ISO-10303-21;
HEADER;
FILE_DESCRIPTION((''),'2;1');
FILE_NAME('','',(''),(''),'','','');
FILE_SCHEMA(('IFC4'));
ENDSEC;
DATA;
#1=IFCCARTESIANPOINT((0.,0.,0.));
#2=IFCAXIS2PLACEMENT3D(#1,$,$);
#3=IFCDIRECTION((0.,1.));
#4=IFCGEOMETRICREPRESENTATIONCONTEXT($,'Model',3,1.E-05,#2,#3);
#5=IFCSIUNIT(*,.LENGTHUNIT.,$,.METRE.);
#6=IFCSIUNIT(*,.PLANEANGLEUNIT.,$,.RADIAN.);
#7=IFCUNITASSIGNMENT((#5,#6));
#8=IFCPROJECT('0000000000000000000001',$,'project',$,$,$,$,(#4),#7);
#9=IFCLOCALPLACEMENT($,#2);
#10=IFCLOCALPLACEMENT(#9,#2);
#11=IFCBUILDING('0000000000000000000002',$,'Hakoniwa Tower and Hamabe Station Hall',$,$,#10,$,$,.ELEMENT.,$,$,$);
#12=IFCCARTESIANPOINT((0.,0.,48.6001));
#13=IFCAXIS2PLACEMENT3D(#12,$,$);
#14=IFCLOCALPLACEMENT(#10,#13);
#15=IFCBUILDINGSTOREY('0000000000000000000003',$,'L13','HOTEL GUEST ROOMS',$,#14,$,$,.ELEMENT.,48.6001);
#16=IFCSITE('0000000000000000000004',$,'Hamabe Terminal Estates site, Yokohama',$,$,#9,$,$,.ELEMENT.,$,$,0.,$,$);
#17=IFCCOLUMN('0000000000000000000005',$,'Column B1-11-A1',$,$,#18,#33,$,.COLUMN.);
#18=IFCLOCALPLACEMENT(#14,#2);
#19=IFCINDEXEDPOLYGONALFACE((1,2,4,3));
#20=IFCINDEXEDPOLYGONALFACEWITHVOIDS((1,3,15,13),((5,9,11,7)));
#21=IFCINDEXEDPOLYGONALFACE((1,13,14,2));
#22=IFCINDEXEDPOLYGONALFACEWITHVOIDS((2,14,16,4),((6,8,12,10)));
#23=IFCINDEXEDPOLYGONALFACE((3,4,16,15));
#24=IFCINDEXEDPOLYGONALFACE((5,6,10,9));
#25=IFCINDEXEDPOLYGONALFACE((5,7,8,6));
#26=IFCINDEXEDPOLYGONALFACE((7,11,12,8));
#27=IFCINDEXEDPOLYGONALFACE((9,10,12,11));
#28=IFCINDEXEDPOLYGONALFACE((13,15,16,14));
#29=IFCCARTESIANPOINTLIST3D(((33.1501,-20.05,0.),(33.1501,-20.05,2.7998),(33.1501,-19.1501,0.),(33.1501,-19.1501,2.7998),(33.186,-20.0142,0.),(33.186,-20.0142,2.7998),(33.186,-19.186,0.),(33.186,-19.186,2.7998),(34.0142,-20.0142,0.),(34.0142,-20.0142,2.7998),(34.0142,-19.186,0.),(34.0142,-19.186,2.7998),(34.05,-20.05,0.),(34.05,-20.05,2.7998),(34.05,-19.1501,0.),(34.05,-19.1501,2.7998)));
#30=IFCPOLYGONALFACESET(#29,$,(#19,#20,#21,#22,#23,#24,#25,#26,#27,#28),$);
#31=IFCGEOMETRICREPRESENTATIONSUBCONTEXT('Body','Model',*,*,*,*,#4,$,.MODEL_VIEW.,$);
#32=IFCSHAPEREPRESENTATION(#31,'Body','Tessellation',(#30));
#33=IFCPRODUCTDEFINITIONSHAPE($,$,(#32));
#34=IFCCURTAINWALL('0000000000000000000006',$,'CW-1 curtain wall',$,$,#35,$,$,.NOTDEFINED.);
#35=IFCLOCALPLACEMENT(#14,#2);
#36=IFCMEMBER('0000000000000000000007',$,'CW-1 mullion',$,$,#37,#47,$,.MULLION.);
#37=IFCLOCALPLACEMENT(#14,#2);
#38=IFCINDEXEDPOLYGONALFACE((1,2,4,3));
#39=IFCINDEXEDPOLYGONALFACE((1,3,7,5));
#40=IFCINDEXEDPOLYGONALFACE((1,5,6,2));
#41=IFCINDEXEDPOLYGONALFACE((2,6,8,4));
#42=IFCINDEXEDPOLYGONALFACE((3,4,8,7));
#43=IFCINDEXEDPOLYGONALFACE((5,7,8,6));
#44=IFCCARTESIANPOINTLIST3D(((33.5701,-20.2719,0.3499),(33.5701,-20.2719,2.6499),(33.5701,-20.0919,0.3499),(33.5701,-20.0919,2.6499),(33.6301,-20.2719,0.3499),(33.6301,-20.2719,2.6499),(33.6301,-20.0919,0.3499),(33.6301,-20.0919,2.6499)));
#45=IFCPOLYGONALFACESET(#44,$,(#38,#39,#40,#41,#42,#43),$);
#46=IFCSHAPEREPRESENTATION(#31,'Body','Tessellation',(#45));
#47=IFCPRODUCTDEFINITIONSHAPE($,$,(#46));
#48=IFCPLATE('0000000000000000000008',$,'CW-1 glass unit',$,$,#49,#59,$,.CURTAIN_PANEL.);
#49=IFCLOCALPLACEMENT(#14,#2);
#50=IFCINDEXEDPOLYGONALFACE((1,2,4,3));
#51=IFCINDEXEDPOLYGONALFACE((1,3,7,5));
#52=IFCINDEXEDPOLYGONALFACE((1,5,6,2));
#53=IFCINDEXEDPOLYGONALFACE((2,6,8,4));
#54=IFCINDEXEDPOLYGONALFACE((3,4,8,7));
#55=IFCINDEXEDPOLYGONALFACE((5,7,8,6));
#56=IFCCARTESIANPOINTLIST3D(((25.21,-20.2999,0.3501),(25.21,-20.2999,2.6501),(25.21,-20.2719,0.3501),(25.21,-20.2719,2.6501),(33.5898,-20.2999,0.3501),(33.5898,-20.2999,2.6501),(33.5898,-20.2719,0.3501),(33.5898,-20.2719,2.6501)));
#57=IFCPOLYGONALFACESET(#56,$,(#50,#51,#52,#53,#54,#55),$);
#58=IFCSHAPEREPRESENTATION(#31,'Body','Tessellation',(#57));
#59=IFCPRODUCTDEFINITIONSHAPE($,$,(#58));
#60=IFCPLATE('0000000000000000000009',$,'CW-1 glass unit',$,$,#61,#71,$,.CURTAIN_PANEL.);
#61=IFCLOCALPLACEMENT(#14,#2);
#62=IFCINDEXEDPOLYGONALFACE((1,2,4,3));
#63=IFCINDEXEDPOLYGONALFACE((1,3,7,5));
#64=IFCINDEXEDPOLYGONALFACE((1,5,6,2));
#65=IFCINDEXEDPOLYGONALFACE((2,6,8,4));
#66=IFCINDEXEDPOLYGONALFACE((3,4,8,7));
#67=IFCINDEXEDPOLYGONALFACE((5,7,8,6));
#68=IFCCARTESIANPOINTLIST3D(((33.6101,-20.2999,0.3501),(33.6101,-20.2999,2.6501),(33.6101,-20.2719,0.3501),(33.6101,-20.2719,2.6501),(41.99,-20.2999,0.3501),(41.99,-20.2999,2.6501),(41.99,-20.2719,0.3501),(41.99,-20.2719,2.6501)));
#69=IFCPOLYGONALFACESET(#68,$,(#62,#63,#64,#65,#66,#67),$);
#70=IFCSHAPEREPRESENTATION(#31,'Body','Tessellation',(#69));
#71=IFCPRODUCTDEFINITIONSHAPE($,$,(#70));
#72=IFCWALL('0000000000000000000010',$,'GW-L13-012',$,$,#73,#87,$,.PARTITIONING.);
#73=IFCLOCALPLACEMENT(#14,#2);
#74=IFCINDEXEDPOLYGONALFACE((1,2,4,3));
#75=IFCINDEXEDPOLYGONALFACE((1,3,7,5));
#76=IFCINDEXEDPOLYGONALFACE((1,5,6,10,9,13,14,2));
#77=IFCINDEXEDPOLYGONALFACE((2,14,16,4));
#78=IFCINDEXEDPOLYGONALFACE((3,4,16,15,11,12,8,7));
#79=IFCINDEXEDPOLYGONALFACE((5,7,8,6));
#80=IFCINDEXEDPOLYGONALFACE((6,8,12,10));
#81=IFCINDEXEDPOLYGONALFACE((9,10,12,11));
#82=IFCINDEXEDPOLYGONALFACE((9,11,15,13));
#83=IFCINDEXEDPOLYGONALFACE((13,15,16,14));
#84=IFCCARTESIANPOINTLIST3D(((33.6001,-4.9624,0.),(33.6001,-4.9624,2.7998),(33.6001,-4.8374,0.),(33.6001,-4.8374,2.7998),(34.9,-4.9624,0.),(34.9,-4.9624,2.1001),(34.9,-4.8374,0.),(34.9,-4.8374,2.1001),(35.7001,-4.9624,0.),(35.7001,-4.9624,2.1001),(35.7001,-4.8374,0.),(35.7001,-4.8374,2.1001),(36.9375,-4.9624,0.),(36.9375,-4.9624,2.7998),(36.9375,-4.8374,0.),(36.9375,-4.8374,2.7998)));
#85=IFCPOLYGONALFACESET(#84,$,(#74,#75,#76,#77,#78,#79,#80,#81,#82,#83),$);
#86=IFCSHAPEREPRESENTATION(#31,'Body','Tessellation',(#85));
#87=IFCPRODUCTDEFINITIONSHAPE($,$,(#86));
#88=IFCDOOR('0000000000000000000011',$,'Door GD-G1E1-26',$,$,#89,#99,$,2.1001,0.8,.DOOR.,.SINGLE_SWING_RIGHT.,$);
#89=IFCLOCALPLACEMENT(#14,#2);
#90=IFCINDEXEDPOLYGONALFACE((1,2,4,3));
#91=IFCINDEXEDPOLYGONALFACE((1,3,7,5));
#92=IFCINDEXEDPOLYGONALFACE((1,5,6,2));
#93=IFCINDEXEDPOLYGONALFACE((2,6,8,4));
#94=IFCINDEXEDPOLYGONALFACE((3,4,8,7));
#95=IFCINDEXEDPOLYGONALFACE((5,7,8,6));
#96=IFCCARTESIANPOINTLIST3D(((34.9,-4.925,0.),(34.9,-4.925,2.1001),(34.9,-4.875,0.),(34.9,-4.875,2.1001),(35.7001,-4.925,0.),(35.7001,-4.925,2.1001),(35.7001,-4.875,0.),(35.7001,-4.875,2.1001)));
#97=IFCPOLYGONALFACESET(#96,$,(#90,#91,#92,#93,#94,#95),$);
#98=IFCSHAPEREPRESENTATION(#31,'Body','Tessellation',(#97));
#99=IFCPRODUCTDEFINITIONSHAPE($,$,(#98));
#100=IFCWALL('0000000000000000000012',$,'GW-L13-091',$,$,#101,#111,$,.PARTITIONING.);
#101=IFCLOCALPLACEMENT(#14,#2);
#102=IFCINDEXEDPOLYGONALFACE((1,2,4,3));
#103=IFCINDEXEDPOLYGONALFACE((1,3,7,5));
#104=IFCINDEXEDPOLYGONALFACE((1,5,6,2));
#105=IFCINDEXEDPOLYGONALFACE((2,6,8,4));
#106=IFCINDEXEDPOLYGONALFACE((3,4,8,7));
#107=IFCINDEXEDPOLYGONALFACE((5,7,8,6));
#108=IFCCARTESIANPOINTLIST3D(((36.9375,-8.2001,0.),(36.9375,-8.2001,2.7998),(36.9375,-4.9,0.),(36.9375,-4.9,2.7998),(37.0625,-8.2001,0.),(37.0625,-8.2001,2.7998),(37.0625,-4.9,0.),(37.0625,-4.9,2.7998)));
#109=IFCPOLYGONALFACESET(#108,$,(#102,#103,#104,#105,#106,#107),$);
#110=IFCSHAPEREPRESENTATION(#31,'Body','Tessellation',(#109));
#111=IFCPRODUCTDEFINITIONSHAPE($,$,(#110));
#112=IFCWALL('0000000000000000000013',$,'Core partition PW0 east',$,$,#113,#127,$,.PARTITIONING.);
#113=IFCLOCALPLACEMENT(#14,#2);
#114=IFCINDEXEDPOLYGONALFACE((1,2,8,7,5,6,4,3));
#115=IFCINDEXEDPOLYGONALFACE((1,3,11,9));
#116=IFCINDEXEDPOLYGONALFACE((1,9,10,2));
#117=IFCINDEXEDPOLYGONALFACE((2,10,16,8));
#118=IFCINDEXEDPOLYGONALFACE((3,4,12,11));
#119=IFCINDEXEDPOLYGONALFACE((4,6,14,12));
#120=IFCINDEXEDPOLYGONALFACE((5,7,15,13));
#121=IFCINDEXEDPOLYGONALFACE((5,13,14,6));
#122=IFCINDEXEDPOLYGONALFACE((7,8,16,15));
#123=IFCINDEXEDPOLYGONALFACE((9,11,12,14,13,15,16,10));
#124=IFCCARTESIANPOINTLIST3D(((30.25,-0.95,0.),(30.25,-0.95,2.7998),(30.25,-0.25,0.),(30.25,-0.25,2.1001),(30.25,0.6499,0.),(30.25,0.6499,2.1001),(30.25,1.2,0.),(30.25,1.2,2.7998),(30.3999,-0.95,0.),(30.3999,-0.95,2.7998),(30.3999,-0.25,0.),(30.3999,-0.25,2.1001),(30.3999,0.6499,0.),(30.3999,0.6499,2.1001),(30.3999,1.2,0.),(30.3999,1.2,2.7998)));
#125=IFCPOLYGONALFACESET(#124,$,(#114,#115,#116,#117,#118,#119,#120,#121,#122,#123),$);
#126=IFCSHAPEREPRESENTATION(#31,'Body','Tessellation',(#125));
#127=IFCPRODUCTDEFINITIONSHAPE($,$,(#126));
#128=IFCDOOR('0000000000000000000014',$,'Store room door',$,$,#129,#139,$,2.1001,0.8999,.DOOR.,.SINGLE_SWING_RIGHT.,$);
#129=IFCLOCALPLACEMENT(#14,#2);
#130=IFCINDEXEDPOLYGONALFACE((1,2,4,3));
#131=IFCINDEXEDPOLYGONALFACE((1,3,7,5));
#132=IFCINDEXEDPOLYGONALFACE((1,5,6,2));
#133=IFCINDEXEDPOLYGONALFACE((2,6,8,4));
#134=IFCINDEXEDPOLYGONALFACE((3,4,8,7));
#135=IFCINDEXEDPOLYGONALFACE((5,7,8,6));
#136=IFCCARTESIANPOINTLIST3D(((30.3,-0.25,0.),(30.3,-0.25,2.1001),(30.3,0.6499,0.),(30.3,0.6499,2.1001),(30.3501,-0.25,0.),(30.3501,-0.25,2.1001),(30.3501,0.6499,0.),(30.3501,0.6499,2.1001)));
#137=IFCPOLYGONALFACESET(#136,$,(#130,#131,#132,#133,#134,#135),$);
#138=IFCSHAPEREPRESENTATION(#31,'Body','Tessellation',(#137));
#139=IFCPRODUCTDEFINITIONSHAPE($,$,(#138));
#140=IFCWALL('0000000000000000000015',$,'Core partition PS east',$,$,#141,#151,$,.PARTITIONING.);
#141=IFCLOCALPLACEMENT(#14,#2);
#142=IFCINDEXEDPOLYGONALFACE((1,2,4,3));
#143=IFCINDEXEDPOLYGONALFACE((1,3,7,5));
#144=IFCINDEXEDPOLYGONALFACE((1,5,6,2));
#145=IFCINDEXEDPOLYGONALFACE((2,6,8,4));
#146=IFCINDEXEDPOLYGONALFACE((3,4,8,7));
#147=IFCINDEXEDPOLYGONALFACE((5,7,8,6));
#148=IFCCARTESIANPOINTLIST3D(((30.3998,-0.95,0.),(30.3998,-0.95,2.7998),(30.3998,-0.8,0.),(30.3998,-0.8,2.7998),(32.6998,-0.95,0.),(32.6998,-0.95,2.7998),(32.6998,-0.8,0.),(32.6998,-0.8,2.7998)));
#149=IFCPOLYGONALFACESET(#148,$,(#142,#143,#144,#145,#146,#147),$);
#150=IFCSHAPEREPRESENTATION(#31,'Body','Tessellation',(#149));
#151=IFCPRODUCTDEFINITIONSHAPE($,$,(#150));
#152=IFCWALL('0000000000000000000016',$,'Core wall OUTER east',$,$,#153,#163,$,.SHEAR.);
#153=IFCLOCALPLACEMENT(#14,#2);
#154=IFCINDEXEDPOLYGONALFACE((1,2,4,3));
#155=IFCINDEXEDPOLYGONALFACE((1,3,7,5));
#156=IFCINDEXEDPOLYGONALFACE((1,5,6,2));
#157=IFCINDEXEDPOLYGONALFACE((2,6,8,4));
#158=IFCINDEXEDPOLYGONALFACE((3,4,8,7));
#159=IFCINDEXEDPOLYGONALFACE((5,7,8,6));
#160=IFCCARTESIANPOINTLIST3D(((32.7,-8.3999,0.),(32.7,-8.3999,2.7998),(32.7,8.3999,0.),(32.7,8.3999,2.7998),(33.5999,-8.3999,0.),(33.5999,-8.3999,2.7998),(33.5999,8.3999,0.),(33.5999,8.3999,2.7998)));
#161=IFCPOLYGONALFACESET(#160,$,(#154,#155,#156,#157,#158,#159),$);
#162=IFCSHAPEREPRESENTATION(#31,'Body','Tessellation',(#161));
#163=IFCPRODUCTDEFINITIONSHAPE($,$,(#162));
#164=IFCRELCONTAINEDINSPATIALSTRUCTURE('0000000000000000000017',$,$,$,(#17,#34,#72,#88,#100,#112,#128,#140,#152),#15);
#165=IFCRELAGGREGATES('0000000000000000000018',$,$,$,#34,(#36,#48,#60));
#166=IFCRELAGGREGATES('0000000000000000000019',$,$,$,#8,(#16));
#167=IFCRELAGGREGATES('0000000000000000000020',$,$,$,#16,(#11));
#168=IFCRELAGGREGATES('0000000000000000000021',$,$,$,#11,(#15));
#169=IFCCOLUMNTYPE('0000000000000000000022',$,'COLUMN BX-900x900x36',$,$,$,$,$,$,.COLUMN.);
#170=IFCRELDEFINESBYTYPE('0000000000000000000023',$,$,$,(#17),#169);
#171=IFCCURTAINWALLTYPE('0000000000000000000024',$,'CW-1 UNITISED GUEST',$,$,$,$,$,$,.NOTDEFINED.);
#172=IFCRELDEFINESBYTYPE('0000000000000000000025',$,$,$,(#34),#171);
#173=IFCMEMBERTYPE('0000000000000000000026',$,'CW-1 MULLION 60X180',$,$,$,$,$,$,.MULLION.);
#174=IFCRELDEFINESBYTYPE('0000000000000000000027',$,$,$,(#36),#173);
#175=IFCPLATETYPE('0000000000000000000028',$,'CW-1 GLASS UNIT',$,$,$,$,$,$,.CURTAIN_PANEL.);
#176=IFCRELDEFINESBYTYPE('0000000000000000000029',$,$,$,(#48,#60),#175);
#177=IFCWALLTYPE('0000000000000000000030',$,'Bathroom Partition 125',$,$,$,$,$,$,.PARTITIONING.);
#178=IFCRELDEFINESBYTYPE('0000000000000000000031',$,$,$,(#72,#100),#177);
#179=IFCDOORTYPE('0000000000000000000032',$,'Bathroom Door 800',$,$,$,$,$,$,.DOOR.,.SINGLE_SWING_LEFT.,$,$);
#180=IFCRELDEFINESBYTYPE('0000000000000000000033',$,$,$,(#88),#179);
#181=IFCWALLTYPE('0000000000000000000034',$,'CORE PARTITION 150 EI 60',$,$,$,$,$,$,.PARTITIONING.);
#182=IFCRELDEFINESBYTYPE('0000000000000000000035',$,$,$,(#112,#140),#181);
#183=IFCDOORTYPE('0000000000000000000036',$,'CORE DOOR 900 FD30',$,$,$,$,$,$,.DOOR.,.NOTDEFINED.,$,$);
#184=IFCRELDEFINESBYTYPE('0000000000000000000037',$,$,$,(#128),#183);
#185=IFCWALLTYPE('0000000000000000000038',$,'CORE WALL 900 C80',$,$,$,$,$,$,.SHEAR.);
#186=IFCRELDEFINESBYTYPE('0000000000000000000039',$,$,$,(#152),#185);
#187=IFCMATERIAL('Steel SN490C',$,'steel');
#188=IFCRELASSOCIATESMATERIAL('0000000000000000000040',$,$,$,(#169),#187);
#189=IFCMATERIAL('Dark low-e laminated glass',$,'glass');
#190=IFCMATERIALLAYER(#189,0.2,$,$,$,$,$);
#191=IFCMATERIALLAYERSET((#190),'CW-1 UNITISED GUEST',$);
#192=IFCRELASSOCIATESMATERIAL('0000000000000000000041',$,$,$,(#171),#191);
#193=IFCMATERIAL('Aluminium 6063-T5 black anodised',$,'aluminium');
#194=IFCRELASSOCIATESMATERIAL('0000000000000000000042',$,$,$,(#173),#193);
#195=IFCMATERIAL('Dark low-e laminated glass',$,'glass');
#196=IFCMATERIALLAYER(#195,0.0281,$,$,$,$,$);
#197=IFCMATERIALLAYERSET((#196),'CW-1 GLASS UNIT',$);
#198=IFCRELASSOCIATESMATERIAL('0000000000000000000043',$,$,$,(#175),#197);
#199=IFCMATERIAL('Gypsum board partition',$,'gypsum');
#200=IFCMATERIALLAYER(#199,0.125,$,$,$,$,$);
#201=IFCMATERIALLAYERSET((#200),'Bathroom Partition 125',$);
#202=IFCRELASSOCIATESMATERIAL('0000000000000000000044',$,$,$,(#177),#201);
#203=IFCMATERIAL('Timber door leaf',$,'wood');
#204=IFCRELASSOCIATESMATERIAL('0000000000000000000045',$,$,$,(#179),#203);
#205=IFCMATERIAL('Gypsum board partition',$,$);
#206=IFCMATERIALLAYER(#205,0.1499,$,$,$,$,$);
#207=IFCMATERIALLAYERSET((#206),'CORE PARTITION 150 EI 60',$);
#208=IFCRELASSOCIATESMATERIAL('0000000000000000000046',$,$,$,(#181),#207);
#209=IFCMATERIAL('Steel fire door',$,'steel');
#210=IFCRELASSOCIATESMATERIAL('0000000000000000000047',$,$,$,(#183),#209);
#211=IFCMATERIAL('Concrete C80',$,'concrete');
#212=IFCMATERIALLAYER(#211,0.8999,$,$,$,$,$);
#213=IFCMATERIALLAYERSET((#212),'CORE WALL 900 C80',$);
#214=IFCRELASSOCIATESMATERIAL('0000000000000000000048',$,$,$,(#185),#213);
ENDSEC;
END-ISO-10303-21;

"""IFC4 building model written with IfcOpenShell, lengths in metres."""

from ifc_helpers import new_model, si_unit, direction, frame, frame_2d, origin, origin_2d, place, context, subcontext, project, spatial, rectangle, hollow_rectangle, extrude, material, layer, layer_set, material_profile, profile_set, type_object, element, fill, aggregate, save


model = new_model("IFC4")

# Units and contexts
model_context = context("Model", 3, precision=1e-05, world=origin(), true_north=direction((0.0, 1.0)))
body_context = subcontext(model_context, "Body", "Model", "MODEL_VIEW")
ifc_project = project(units=[si_unit("LENGTHUNIT", "METRE"), si_unit("PLANEANGLEUNIT", "RADIAN")], contexts=[model_context])

# Site, building, storey
site_placement = place(None, origin())
site = spatial("IfcSite", under=ifc_project, at=site_placement, Name="Hamabe Terminal Estates site, Yokohama", CompositionType="ELEMENT", RefElevation=0.0)
building_placement = place(site_placement, origin())
building = spatial("IfcBuilding", under=site, at=building_placement, Name="Hakoniwa Tower and Hamabe Station Hall", CompositionType="ELEMENT")
storey_placement = place(building_placement, frame((0.0, 0.0, 48.6001)))
storey = spatial("IfcBuildingStorey", under=building, at=storey_placement, Name="L13", Description="HOTEL GUEST ROOMS", CompositionType="ELEMENT", Elevation=48.6001)

# Column
ifc_material_1 = material(Name="Steel SN490C", Category="steel")
ifc_material_profile_1 = material_profile(ifc_material_1, hollow_rectangle(XDim=0.8999, YDim=0.8999, WallThickness=0.0359, at=origin_2d()), Name="BX-900x900x36")
ifc_profile_set_1 = profile_set([ifc_material_profile_1], Name="Steel SN490C")
column_type = type_object("IfcColumnType", Name="COLUMN BX-900x900x36", PredefinedType="COLUMN", material=ifc_profile_set_1)
column_placement = place(storey_placement, frame((33.6001, -19.6001, 0.0), z_axis=(0.0, 0.0, 1.0), x_axis=(1.0, 0.0, 0.0)))
element("IfcColumn", 1, at=column_placement, inside=storey, type_object=column_type, Name="Column B1-11-A1", PredefinedType="COLUMN", context=body_context, shape_type="SweptSolid", body=[
    extrude(hollow_rectangle(XDim=0.8999, YDim=0.8999, WallThickness=0.0359, at=origin_2d()), origin(), (0.0, 0.0, 1.0), 2.7998),
])

# Curtain wall, member, plates
ifc_material_2 = material(Name="Dark low-e laminated glass", Category="glass")
ifc_layer_1 = layer(ifc_material_2, 0.2)
ifc_layer_set_1 = layer_set([ifc_layer_1], Name="CW-1 UNITISED GUEST")
curtain_wall_type = type_object("IfcCurtainWallType", Name="CW-1 UNITISED GUEST", PredefinedType="NOTDEFINED", material=ifc_layer_set_1)
curtain_wall_placement = place(storey_placement, origin())
curtain_wall = element("IfcCurtainWall", 2, at=curtain_wall_placement, inside=storey, type_object=curtain_wall_type, Name="CW-1 curtain wall", PredefinedType="NOTDEFINED")
ifc_material_3 = material(Name="Aluminium 6063-T5 black anodised", Category="aluminium")
ifc_material_profile_2 = material_profile(ifc_material_3, rectangle(XDim=0.0601, YDim=0.1799, at=origin_2d()), Name="CW-1 MULLION 60X180")
ifc_profile_set_2 = profile_set([ifc_material_profile_2], Name="Aluminium 6063-T5 black anodised")
member_type = type_object("IfcMemberType", Name="CW-1 MULLION 60X180", PredefinedType="MULLION", material=ifc_profile_set_2)
member_placement = place(storey_placement, frame((33.6001, -20.1819, 0.3499), z_axis=(0.0, 0.0, 1.0), x_axis=(1.0, 0.0, 0.0)))
member = element("IfcMember", 3, at=member_placement, type_object=member_type, Name="CW-1 mullion", PredefinedType="MULLION", context=body_context, shape_type="SweptSolid", body=[
    extrude(rectangle(XDim=0.0601, YDim=0.1799, at=origin_2d()), origin(), (0.0, 0.0, 1.0), 2.3),
])
ifc_material_4 = material(Name="Dark low-e laminated glass", Category="glass")
ifc_layer_2 = layer(ifc_material_4, 0.0281)
ifc_layer_set_2 = layer_set([ifc_layer_2], Name="CW-1 GLASS UNIT")
plate_type = type_object("IfcPlateType", Name="CW-1 GLASS UNIT", PredefinedType="CURTAIN_PANEL", material=ifc_layer_set_2)
plate_1_placement = place(storey_placement, frame((29.3999, -20.2859, 0.3501), z_axis=(0.0, 0.0, 1.0), x_axis=(1.0, 0.0, 0.0)))
plate_1 = element("IfcPlate", 4, at=plate_1_placement, type_object=plate_type, Name="CW-1 glass unit", PredefinedType="CURTAIN_PANEL", context=body_context, shape_type="SweptSolid", body=[
    extrude(rectangle(XDim=8.3799, YDim=0.0281, at=origin_2d()), origin(), (0.0, 0.0, 1.0), 2.3),
])
plate_2_placement = place(storey_placement, frame((37.8, -20.2859, 0.3501), z_axis=(0.0, 0.0, 1.0), x_axis=(1.0, 0.0, 0.0)))
plate_2 = element("IfcPlate", 5, at=plate_2_placement, type_object=plate_type, Name="CW-1 glass unit", PredefinedType="CURTAIN_PANEL", context=body_context, shape_type="SweptSolid", body=[
    extrude(rectangle(XDim=8.3799, YDim=0.0281, at=origin_2d()), origin(), (0.0, 0.0, 1.0), 2.3),
])
aggregate(curtain_wall, [member, plate_1, plate_2])

# Wall, opening, door
ifc_material_5 = material(Name="Gypsum board partition", Category="gypsum")
ifc_layer_3 = layer(ifc_material_5, 0.125)
ifc_layer_set_3 = layer_set([ifc_layer_3], Name="Bathroom Partition 125")
wall_type_1 = type_object("IfcWallType", Name="Bathroom Partition 125", PredefinedType="PARTITIONING", material=ifc_layer_set_3)
wall_1_placement = place(storey_placement, frame((33.6001, -4.8999, 0.0), z_axis=(0.0, 0.0, 1.0), x_axis=(1.0, 0.0, 0.0)))
wall_1 = element("IfcWall", 6, at=wall_1_placement, inside=storey, type_object=wall_type_1, Name="GW-L13-012", PredefinedType="PARTITIONING", context=body_context, shape_type="SweptSolid", body=[
    extrude(rectangle(XDim=3.3374, YDim=0.125, at=frame_2d((1.6687, 0.0))), origin(), (0.0, 0.0, 1.0), 2.7998),
])
opening_1_placement = place(wall_1_placement, frame((1.3, 0.0, 0.0)))
opening_1 = element("IfcOpeningElement", 7, at=opening_1_placement, cuts=wall_1, PredefinedType="OPENING", context=body_context, shape_type="SweptSolid", body=[
    extrude(rectangle(XDim=0.8, YDim=2.1001, at=frame_2d((0.3999, 1.05))), frame((0.0, 0.0725, 0.0), z_axis=(0.0, -1.0, 0.0), x_axis=(1.0, 0.0, 0.0)), (0.0, 0.0, 1.0), 0.145),
])
ifc_material_6 = material(Name="Timber door leaf", Category="wood")
door_type_1 = type_object("IfcDoorType", Name="Bathroom Door 800", OperationType="SINGLE_SWING_LEFT", PredefinedType="DOOR", material=ifc_material_6)
door_1_placement = place(opening_1_placement, origin())
door_1 = element("IfcDoor", 8, at=door_1_placement, inside=storey, type_object=door_type_1, Name="Door GD-G1E1-26", OperationType="SINGLE_SWING_RIGHT", OverallHeight=2.1001, OverallWidth=0.8, PredefinedType="DOOR", context=body_context, shape_type="SweptSolid", body=[
    extrude(rectangle(XDim=0.8, YDim=2.1001, at=frame_2d((0.3999, 1.05))), frame((0.0, 0.0249, 0.0), z_axis=(0.0, -1.0, 0.0), x_axis=(1.0, 0.0, 0.0)), (0.0, 0.0, 1.0), 0.05),
])
fill(opening_1, door_1)

# Wall
wall_2_placement = place(storey_placement, frame((37.0, -8.2, 0.0), z_axis=(0.0, 0.0, 1.0), x_axis=(0.0, 1.0, 0.0)))
element("IfcWall", 9, at=wall_2_placement, inside=storey, type_object=wall_type_1, Name="GW-L13-091", PredefinedType="PARTITIONING", context=body_context, shape_type="SweptSolid", body=[
    extrude(rectangle(XDim=3.3, YDim=0.125, at=frame_2d((1.6499, 0.0))), origin(), (0.0, 0.0, 1.0), 2.7998),
])

# Wall, opening, door
ifc_material_7 = material(Name="Gypsum board partition")
ifc_layer_4 = layer(ifc_material_7, 0.1499)
ifc_layer_set_4 = layer_set([ifc_layer_4], Name="CORE PARTITION 150 EI 60")
wall_type_2 = type_object("IfcWallType", Name="CORE PARTITION 150 EI 60", PredefinedType="PARTITIONING", material=ifc_layer_set_4)
wall_3_placement = place(storey_placement, frame((30.325, -0.95, 0.0), z_axis=(0.0, 0.0, 1.0), x_axis=(0.0, 1.0, 0.0)))
wall_3 = element("IfcWall", 10, at=wall_3_placement, inside=storey, type_object=wall_type_2, Name="Core partition PW0 east", PredefinedType="PARTITIONING", context=body_context, shape_type="SweptSolid", body=[
    extrude(rectangle(XDim=2.1499, YDim=0.1499, at=frame_2d((1.075, 0.0))), origin(), (0.0, 0.0, 1.0), 2.7998),
])
opening_2_placement = place(wall_3_placement, frame((0.7, 0.0, 0.0)))
opening_2 = element("IfcOpeningElement", 11, at=opening_2_placement, cuts=wall_3, PredefinedType="OPENING", context=body_context, shape_type="SweptSolid", body=[
    extrude(rectangle(XDim=0.8999, YDim=2.1001, at=frame_2d((0.45, 1.05))), frame((0.0, 0.085, 0.0), z_axis=(0.0, -1.0, 0.0), x_axis=(1.0, 0.0, 0.0)), (0.0, 0.0, 1.0), 0.1699),
])
ifc_material_8 = material(Name="Steel fire door", Category="steel")
door_type_2 = type_object("IfcDoorType", Name="CORE DOOR 900 FD30", OperationType="NOTDEFINED", PredefinedType="DOOR", material=ifc_material_8)
door_2_placement = place(opening_2_placement, origin())
door_2 = element("IfcDoor", 12, at=door_2_placement, inside=storey, type_object=door_type_2, Name="Store room door", OperationType="SINGLE_SWING_RIGHT", OverallHeight=2.1001, OverallWidth=0.8999, PredefinedType="DOOR", context=body_context, shape_type="SweptSolid", body=[
    extrude(rectangle(XDim=0.8999, YDim=2.1001, at=frame_2d((0.45, 1.05))), frame((0.0, 0.0249, 0.0), z_axis=(0.0, -1.0, 0.0), x_axis=(1.0, 0.0, 0.0)), (0.0, 0.0, 1.0), 0.05),
])
fill(opening_2, door_2)

# Walls
wall_4_placement = place(storey_placement, frame((30.3999, -0.875, 0.0), z_axis=(0.0, 0.0, 1.0), x_axis=(1.0, 0.0, 0.0)))
element("IfcWall", 13, at=wall_4_placement, inside=storey, type_object=wall_type_2, Name="Core partition PS east", PredefinedType="PARTITIONING", context=body_context, shape_type="SweptSolid", body=[
    extrude(rectangle(XDim=2.3, YDim=0.1499, at=frame_2d((1.1499, 0.0))), origin(), (0.0, 0.0, 1.0), 2.7998),
])
ifc_material_9 = material(Name="Concrete C80", Category="concrete")
ifc_layer_5 = layer(ifc_material_9, 0.8999)
ifc_layer_set_5 = layer_set([ifc_layer_5], Name="CORE WALL 900 C80")
wall_type_3 = type_object("IfcWallType", Name="CORE WALL 900 C80", PredefinedType="SHEAR", material=ifc_layer_set_5)
wall_5_placement = place(storey_placement, frame((33.1499, -8.3999, 0.0), z_axis=(0.0, 0.0, 1.0), x_axis=(0.0, 1.0, 0.0)))
element("IfcWall", 14, at=wall_5_placement, inside=storey, type_object=wall_type_3, Name="Core wall OUTER east", PredefinedType="SHEAR", context=body_context, shape_type="SweptSolid", body=[
    extrude(rectangle(XDim=16.7998, YDim=0.8999, at=frame_2d((8.3999, 0.0))), origin(), (0.0, 0.0, 1.0), 2.7998),
])

save(model, "model.ifc")
